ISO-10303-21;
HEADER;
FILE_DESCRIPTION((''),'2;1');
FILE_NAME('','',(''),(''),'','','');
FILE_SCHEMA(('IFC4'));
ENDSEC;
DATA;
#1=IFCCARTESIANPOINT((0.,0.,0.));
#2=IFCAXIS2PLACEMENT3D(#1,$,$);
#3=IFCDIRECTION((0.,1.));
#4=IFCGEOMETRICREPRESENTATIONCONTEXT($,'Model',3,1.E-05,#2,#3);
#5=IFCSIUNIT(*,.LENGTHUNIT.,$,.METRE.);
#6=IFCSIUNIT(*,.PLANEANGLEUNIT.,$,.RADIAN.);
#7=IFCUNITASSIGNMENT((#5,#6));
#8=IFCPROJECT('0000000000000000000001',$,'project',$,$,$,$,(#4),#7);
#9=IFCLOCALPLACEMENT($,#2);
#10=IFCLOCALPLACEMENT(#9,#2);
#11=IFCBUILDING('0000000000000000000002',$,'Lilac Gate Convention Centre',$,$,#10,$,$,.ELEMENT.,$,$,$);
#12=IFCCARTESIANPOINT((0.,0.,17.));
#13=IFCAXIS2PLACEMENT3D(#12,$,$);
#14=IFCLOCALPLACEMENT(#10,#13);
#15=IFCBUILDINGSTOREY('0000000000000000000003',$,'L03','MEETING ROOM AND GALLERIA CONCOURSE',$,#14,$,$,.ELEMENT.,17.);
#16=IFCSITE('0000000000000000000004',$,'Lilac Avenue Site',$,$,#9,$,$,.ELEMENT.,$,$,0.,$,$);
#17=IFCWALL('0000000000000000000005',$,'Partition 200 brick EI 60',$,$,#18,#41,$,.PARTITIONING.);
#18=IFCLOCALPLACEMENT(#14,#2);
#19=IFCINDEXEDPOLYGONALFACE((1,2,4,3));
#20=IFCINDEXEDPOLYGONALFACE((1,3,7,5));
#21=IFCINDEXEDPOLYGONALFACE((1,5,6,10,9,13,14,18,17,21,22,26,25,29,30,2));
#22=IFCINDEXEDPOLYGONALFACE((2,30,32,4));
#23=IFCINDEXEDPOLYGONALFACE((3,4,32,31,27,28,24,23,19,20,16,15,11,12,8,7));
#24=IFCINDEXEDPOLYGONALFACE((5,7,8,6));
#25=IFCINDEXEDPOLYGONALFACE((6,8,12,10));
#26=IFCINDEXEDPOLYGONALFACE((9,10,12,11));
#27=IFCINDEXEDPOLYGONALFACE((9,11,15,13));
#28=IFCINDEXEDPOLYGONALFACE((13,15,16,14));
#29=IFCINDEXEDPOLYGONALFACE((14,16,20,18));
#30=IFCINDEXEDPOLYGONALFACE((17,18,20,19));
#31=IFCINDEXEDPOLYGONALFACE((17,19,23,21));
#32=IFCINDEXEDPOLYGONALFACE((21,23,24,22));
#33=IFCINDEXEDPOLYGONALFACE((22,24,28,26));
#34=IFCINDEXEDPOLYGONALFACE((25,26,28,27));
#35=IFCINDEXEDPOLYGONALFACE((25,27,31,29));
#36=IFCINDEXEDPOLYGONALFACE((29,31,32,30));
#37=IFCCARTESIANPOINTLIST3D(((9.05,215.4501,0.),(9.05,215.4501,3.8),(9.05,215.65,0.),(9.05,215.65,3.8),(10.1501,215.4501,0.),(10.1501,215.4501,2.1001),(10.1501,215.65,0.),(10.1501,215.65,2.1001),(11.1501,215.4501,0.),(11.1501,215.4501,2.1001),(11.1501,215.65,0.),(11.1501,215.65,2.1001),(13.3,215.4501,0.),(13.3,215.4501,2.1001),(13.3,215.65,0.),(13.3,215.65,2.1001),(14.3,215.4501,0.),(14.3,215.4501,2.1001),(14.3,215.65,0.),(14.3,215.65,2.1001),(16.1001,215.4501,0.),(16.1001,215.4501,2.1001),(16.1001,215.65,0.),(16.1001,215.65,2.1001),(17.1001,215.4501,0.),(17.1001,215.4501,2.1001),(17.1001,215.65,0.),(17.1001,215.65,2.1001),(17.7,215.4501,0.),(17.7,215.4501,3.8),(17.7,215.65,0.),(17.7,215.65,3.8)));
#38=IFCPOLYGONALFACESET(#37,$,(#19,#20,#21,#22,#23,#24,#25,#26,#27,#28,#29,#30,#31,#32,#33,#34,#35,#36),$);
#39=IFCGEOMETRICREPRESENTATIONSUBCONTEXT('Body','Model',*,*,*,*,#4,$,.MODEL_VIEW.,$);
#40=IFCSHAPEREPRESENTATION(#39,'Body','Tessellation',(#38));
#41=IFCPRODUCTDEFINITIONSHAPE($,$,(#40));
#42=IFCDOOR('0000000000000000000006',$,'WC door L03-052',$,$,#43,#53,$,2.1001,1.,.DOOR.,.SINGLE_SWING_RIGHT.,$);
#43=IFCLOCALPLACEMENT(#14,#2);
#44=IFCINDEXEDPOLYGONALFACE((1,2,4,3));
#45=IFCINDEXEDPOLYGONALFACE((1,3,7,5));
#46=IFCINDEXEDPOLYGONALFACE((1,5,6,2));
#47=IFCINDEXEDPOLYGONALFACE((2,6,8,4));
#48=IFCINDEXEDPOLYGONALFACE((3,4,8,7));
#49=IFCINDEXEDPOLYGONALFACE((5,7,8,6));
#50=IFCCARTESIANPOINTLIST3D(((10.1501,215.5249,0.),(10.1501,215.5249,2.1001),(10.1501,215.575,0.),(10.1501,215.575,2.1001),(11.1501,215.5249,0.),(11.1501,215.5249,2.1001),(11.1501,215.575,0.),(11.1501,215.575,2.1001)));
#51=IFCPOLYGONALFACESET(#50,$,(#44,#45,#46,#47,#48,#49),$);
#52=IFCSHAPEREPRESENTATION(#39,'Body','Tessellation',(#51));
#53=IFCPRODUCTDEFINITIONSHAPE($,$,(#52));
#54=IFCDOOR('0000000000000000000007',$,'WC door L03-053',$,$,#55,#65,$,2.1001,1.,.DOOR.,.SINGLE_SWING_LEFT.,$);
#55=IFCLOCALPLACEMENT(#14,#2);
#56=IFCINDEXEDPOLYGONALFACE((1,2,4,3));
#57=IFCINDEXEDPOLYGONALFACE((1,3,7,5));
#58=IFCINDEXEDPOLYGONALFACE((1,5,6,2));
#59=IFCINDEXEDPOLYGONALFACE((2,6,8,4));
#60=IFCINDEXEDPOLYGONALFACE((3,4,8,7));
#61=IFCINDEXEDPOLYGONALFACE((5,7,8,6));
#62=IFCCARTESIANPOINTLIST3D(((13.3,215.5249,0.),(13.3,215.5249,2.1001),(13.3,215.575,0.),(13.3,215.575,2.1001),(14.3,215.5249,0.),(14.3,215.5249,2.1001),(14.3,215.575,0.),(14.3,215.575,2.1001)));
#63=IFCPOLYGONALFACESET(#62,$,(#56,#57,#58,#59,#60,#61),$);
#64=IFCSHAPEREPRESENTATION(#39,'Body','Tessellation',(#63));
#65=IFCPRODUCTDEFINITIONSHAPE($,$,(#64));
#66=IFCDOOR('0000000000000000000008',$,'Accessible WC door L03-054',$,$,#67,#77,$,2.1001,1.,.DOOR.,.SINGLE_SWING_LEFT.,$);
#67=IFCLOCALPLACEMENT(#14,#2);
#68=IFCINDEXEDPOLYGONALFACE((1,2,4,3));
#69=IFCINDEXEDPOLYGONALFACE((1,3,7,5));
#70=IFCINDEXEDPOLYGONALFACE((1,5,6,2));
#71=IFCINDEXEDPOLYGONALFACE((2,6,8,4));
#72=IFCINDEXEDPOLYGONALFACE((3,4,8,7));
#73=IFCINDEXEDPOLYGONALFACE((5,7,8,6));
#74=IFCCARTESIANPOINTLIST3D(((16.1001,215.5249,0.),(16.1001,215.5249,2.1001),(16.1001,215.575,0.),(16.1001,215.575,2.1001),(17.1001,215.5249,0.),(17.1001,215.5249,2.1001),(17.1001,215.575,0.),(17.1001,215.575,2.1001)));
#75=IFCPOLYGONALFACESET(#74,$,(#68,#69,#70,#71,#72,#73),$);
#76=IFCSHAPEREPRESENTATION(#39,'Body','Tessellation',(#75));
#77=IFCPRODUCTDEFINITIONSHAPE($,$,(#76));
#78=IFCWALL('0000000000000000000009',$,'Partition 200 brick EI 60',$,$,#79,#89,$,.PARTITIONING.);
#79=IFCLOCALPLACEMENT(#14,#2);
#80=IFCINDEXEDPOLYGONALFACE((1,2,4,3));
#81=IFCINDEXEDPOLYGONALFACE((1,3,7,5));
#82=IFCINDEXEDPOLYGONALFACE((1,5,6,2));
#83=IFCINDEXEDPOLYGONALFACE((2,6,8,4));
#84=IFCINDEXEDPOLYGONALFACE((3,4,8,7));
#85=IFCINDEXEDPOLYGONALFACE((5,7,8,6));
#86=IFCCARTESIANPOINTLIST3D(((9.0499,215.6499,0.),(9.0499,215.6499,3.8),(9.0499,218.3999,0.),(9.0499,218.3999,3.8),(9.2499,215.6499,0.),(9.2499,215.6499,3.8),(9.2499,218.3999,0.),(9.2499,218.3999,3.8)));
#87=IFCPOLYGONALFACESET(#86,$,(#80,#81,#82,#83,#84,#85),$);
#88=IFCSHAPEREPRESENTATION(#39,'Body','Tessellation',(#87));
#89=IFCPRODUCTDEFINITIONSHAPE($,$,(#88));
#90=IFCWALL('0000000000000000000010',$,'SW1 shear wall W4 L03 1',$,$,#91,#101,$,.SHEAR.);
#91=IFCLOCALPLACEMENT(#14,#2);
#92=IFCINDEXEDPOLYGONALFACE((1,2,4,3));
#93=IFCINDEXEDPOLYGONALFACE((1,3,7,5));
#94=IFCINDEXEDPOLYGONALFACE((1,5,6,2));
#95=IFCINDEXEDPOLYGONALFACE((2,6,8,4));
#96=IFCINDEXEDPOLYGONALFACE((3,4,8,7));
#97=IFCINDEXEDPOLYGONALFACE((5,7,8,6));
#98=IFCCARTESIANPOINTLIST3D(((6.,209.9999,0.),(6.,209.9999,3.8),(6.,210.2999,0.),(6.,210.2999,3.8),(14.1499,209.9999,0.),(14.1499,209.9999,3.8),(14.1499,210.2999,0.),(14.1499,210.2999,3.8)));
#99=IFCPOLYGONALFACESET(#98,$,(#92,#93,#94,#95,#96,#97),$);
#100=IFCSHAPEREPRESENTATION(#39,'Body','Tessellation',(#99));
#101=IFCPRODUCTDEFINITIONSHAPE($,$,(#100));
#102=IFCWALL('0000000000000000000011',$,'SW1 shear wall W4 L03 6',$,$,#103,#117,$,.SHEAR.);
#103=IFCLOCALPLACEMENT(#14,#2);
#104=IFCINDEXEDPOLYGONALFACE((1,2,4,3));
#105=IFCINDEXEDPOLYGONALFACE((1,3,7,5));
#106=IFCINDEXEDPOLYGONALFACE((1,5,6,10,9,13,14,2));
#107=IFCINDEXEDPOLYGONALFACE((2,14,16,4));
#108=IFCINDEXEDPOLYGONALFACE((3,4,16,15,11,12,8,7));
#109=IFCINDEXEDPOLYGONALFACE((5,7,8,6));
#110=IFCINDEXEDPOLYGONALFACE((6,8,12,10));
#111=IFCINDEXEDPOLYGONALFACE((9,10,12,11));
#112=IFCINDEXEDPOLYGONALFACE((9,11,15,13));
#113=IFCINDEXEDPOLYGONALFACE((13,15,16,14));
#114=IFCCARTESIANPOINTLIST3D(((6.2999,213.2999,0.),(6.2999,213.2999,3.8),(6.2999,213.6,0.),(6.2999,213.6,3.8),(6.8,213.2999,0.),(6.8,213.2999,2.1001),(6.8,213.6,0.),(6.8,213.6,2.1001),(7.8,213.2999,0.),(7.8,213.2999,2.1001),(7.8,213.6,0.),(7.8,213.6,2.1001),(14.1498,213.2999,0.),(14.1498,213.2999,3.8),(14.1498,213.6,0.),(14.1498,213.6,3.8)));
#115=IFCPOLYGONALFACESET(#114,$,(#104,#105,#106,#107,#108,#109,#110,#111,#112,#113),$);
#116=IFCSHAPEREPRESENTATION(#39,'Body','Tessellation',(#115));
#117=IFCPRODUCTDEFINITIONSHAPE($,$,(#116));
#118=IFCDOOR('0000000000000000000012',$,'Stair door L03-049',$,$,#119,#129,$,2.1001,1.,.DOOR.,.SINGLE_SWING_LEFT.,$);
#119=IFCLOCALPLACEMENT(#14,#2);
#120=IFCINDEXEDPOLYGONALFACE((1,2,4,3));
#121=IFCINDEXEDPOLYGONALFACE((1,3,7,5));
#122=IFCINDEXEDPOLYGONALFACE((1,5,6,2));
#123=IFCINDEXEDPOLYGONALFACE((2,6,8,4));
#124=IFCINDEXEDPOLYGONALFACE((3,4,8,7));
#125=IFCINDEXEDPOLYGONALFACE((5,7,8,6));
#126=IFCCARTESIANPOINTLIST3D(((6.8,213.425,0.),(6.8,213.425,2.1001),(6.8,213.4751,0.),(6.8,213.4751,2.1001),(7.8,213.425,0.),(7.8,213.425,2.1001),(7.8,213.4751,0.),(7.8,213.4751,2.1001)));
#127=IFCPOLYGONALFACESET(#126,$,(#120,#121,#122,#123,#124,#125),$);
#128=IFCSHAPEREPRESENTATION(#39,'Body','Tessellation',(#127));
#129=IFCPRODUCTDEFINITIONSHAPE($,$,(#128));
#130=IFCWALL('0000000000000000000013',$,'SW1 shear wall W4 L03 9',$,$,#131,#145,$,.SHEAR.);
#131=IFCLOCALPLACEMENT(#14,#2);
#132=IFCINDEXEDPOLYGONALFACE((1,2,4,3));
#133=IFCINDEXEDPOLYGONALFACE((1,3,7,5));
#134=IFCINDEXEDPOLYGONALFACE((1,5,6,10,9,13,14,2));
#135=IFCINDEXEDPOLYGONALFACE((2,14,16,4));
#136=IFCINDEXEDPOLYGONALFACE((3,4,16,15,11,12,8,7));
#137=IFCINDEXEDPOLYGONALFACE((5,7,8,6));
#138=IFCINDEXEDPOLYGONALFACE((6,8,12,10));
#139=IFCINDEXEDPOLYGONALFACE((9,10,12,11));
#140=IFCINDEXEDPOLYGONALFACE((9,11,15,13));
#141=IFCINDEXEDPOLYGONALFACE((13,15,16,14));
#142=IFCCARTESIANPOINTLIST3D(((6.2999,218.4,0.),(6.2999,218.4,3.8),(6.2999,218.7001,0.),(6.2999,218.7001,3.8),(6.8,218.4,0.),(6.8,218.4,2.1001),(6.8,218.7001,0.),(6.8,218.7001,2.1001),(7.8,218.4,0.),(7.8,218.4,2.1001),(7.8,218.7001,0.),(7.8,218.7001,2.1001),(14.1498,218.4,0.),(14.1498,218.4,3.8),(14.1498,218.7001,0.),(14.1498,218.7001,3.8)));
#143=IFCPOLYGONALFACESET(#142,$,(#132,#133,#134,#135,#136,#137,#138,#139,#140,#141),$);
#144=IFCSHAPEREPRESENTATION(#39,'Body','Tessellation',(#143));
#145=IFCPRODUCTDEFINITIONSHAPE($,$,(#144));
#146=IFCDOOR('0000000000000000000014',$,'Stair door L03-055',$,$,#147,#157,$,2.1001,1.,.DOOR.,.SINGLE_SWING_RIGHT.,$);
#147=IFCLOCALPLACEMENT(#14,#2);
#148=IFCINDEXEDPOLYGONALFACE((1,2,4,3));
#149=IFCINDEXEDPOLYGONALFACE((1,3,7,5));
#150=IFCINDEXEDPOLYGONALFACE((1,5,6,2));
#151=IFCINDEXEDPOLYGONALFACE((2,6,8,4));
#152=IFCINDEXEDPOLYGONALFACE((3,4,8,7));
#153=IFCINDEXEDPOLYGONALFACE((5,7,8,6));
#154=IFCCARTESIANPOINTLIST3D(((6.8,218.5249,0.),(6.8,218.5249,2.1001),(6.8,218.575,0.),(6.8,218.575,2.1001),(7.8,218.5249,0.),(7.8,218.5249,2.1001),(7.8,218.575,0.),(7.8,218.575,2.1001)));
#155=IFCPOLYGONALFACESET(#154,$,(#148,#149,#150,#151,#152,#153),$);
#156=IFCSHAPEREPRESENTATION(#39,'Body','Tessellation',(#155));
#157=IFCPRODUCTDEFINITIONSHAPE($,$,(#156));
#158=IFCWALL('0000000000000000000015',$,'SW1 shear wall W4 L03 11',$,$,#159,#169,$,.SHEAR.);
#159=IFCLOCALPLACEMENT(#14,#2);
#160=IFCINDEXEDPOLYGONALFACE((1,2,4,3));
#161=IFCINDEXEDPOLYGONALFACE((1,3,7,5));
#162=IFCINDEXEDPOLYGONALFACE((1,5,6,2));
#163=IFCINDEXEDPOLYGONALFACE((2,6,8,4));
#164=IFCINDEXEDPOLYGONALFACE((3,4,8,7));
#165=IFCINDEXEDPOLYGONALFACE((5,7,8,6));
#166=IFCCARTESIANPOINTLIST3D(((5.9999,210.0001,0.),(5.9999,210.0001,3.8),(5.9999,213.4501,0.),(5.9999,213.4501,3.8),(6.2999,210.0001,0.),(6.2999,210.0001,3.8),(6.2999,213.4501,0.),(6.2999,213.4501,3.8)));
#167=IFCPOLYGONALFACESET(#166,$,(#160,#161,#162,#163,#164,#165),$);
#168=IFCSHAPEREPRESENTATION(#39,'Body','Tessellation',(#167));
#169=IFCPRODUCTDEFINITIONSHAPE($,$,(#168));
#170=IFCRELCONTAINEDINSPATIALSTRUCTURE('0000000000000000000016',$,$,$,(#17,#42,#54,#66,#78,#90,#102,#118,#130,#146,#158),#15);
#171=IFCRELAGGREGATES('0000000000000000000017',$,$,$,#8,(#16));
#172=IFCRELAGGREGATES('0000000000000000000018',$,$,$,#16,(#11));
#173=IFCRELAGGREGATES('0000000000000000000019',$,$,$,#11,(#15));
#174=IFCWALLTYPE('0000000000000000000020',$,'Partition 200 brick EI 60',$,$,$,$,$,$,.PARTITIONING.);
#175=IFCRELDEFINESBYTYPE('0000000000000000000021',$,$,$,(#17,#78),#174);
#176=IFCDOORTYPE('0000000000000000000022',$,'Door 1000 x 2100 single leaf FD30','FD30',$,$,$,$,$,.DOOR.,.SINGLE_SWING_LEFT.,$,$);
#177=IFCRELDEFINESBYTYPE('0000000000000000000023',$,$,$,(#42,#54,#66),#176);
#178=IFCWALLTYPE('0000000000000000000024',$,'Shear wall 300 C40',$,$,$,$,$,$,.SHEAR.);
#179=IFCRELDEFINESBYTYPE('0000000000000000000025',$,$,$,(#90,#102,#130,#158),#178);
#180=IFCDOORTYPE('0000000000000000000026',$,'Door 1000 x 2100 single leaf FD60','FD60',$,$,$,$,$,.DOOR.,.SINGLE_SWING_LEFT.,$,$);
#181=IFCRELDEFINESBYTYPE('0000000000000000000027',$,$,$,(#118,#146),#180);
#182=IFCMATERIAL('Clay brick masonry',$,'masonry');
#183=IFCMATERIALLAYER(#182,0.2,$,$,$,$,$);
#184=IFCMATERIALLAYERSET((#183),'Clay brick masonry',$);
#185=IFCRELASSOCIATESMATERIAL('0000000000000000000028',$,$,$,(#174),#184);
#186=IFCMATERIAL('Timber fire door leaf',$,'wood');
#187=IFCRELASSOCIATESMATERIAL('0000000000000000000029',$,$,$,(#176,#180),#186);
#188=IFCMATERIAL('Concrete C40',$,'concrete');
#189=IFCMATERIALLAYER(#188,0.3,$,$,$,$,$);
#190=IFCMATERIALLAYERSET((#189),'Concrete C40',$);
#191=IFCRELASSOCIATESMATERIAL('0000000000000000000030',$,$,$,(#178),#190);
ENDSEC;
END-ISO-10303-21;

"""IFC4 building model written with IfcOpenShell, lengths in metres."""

from ifc_helpers import new_model, si_unit, direction, frame, frame_2d, origin, place, context, subcontext, project, spatial, rectangle, extrude, material, layer, layer_set, type_object, element, fill, save


model = new_model("IFC4")

# Units and contexts
model_context = context("Model", 3, precision=1e-05, world=origin(), true_north=direction((0.0, 1.0)))
body_context = subcontext(model_context, "Body", "Model", "MODEL_VIEW")
ifc_project = project(units=[si_unit("LENGTHUNIT", "METRE"), si_unit("PLANEANGLEUNIT", "RADIAN")], contexts=[model_context])

# Site, building, storey
site_placement = place(None, origin())
site = spatial("IfcSite", under=ifc_project, at=site_placement, Name="Lilac Avenue Site", CompositionType="ELEMENT", RefElevation=0.0)
building_placement = place(site_placement, origin())
building = spatial("IfcBuilding", under=site, at=building_placement, Name="Lilac Gate Convention Centre", CompositionType="ELEMENT")
storey_placement = place(building_placement, frame((0.0, 0.0, 17.0)))
storey = spatial("IfcBuildingStorey", under=building, at=storey_placement, Name="L03", Description="MEETING ROOM AND GALLERIA CONCOURSE", CompositionType="ELEMENT", Elevation=17.0)

# Wall, openings, doors
ifc_material_1 = material(Name="Clay brick masonry", Category="masonry")
ifc_layer_1 = layer(ifc_material_1, 0.2)
ifc_layer_set_1 = layer_set([ifc_layer_1], Name="Clay brick masonry")
wall_type_1 = type_object("IfcWallType", Name="Partition 200 brick EI 60", PredefinedType="PARTITIONING", material=ifc_layer_set_1)
wall_1_placement = place(storey_placement, frame((9.05, 215.55, 0.0), z_axis=(0.0, 0.0, 1.0), x_axis=(1.0, 0.0, 0.0)))
wall_1 = element("IfcWall", 1, at=wall_1_placement, inside=storey, type_object=wall_type_1, Name="Partition 200 brick EI 60", PredefinedType="PARTITIONING", context=body_context, shape_type="SweptSolid", body=[
    extrude(rectangle(XDim=8.6499, YDim=0.2, at=frame_2d((4.325, 0.0))), origin(), (0.0, 0.0, 1.0), 3.8),
])
opening_1_placement = place(wall_1_placement, frame((1.1001, 0.0, 0.0)))
opening_1 = element("IfcOpeningElement", 2, at=opening_1_placement, cuts=wall_1, PredefinedType="OPENING", context=body_context, shape_type="SweptSolid", body=[
    extrude(rectangle(XDim=1.0, YDim=2.1001, at=frame_2d((0.5, 1.05))), frame((0.0, 0.1099, 0.0), z_axis=(0.0, -1.0, 0.0), x_axis=(1.0, 0.0, 0.0)), (0.0, 0.0, 1.0), 0.22),
])
opening_2_placement = place(wall_1_placement, frame((4.25, 0.0, 0.0)))
opening_2 = element("IfcOpeningElement", 3, at=opening_2_placement, cuts=wall_1, PredefinedType="OPENING", context=body_context, shape_type="SweptSolid", body=[
    extrude(rectangle(XDim=1.0, YDim=2.1001, at=frame_2d((0.5, 1.05))), frame((0.0, 0.1099, 0.0), z_axis=(0.0, -1.0, 0.0), x_axis=(1.0, 0.0, 0.0)), (0.0, 0.0, 1.0), 0.22),
])
opening_3_placement = place(wall_1_placement, frame((7.05, 0.0, 0.0)))
opening_3 = element("IfcOpeningElement", 4, at=opening_3_placement, cuts=wall_1, PredefinedType="OPENING", context=body_context, shape_type="SweptSolid", body=[
    extrude(rectangle(XDim=1.0, YDim=2.1001, at=frame_2d((0.5, 1.05))), frame((0.0, 0.1099, 0.0), z_axis=(0.0, -1.0, 0.0), x_axis=(1.0, 0.0, 0.0)), (0.0, 0.0, 1.0), 0.22),
])
ifc_material_2 = material(Name="Timber fire door leaf", Category="wood")
door_type_1 = type_object("IfcDoorType", Name="Door 1000 x 2100 single leaf FD30", Description="FD30", OperationType="SINGLE_SWING_LEFT", PredefinedType="DOOR", material=ifc_material_2)
door_1_placement = place(opening_1_placement, origin())
door_1 = element("IfcDoor", 5, at=door_1_placement, inside=storey, type_object=door_type_1, Name="WC door L03-052", OperationType="SINGLE_SWING_RIGHT", OverallHeight=2.1001, OverallWidth=1.0, PredefinedType="DOOR", context=body_context, shape_type="SweptSolid", body=[
    extrude(rectangle(XDim=1.0, YDim=2.1001, at=frame_2d((0.5, 1.05))), frame((0.0, 0.0249, 0.0), z_axis=(0.0, -1.0, 0.0), x_axis=(1.0, 0.0, 0.0)), (0.0, 0.0, 1.0), 0.05),
])
fill(opening_1, door_1)
door_2_placement = place(opening_2_placement, origin())
door_2 = element("IfcDoor", 6, at=door_2_placement, inside=storey, type_object=door_type_1, Name="WC door L03-053", OperationType="SINGLE_SWING_LEFT", OverallHeight=2.1001, OverallWidth=1.0, PredefinedType="DOOR", context=body_context, shape_type="SweptSolid", body=[
    extrude(rectangle(XDim=1.0, YDim=2.1001, at=frame_2d((0.5, 1.05))), frame((0.0, 0.0249, 0.0), z_axis=(0.0, -1.0, 0.0), x_axis=(1.0, 0.0, 0.0)), (0.0, 0.0, 1.0), 0.05),
])
fill(opening_2, door_2)
door_3_placement = place(opening_3_placement, origin())
door_3 = element("IfcDoor", 7, at=door_3_placement, inside=storey, type_object=door_type_1, Name="Accessible WC door L03-054", OperationType="SINGLE_SWING_LEFT", OverallHeight=2.1001, OverallWidth=1.0, PredefinedType="DOOR", context=body_context, shape_type="SweptSolid", body=[
    extrude(rectangle(XDim=1.0, YDim=2.1001, at=frame_2d((0.5, 1.05))), frame((0.0, 0.0249, 0.0), z_axis=(0.0, -1.0, 0.0), x_axis=(1.0, 0.0, 0.0)), (0.0, 0.0, 1.0), 0.05),
])
fill(opening_3, door_3)

# Walls
wall_2_placement = place(storey_placement, frame((9.1499, 215.6499, 0.0), z_axis=(0.0, 0.0, 1.0), x_axis=(0.0, 1.0, 0.0)))
element("IfcWall", 8, at=wall_2_placement, inside=storey, type_object=wall_type_1, Name="Partition 200 brick EI 60", PredefinedType="PARTITIONING", context=body_context, shape_type="SweptSolid", body=[
    extrude(rectangle(XDim=2.75, YDim=0.2, at=frame_2d((1.375, 0.0))), origin(), (0.0, 0.0, 1.0), 3.8),
])
ifc_material_3 = material(Name="Concrete C40", Category="concrete")
ifc_layer_2 = layer(ifc_material_3, 0.3)
ifc_layer_set_2 = layer_set([ifc_layer_2], Name="Concrete C40")
wall_type_2 = type_object("IfcWallType", Name="Shear wall 300 C40", PredefinedType="SHEAR", material=ifc_layer_set_2)
wall_3_placement = place(storey_placement, frame((6.0, 210.1499, 0.0), z_axis=(0.0, 0.0, 1.0), x_axis=(1.0, 0.0, 0.0)))
element("IfcWall", 9, at=wall_3_placement, inside=storey, type_object=wall_type_2, Name="SW1 shear wall W4 L03 1", PredefinedType="SHEAR", context=body_context, shape_type="SweptSolid", body=[
    extrude(rectangle(XDim=8.1499, YDim=0.3, at=frame_2d((4.075, 0.0))), origin(), (0.0, 0.0, 1.0), 3.8),
])

# Walls, openings, doors
wall_4_placement = place(storey_placement, frame((6.3, 213.45, 0.0), z_axis=(0.0, 0.0, 1.0), x_axis=(1.0, 0.0, 0.0)))
wall_4 = element("IfcWall", 10, at=wall_4_placement, inside=storey, type_object=wall_type_2, Name="SW1 shear wall W4 L03 6", PredefinedType="SHEAR", context=body_context, shape_type="SweptSolid", body=[
    extrude(rectangle(XDim=7.8499, YDim=0.3, at=frame_2d((3.9248, 0.0))), origin(), (0.0, 0.0, 1.0), 3.8),
])
opening_4_placement = place(wall_4_placement, frame((0.5, 0.0, 0.0)))
opening_4 = element("IfcOpeningElement", 11, at=opening_4_placement, cuts=wall_4, PredefinedType="OPENING", context=body_context, shape_type="SweptSolid", body=[
    extrude(rectangle(XDim=1.0, YDim=2.1001, at=frame_2d((0.5, 1.05))), frame((0.0, 0.1599, 0.0), z_axis=(0.0, -1.0, 0.0), x_axis=(1.0, 0.0, 0.0)), (0.0, 0.0, 1.0), 0.3201),
])
door_type_2 = type_object("IfcDoorType", Name="Door 1000 x 2100 single leaf FD60", Description="FD60", OperationType="SINGLE_SWING_LEFT", PredefinedType="DOOR", material=ifc_material_2)
door_4_placement = place(opening_4_placement, frame((1.0, 0.0, 0.0), z_axis=(0.0, 0.0, 1.0), x_axis=(-1.0, 0.0, 0.0)))
door_4 = element("IfcDoor", 12, at=door_4_placement, inside=storey, type_object=door_type_2, Name="Stair door L03-049", OperationType="SINGLE_SWING_LEFT", OverallHeight=2.1001, OverallWidth=1.0, PredefinedType="DOOR", context=body_context, shape_type="SweptSolid", body=[
    extrude(rectangle(XDim=1.0, YDim=2.1001, at=frame_2d((0.5, 1.05))), frame((0.0, 0.0249, 0.0), z_axis=(0.0, -1.0, 0.0), x_axis=(1.0, 0.0, 0.0)), (0.0, 0.0, 1.0), 0.05),
])
fill(opening_4, door_4)
wall_5_placement = place(storey_placement, frame((6.3, 218.55, 0.0), z_axis=(0.0, 0.0, 1.0), x_axis=(1.0, 0.0, 0.0)))
wall_5 = element("IfcWall", 13, at=wall_5_placement, inside=storey, type_object=wall_type_2, Name="SW1 shear wall W4 L03 9", PredefinedType="SHEAR", context=body_context, shape_type="SweptSolid", body=[
    extrude(rectangle(XDim=7.8499, YDim=0.3, at=frame_2d((3.9248, 0.0))), origin(), (0.0, 0.0, 1.0), 3.8),
])
opening_5_placement = place(wall_5_placement, frame((0.5, 0.0, 0.0)))
opening_5 = element("IfcOpeningElement", 14, at=opening_5_placement, cuts=wall_5, PredefinedType="OPENING", context=body_context, shape_type="SweptSolid", body=[
    extrude(rectangle(XDim=1.0, YDim=2.1001, at=frame_2d((0.5, 1.05))), frame((0.0, 0.1599, 0.0), z_axis=(0.0, -1.0, 0.0), x_axis=(1.0, 0.0, 0.0)), (0.0, 0.0, 1.0), 0.3201),
])
door_5_placement = place(opening_5_placement, origin())
door_5 = element("IfcDoor", 15, at=door_5_placement, inside=storey, type_object=door_type_2, Name="Stair door L03-055", OperationType="SINGLE_SWING_RIGHT", OverallHeight=2.1001, OverallWidth=1.0, PredefinedType="DOOR", context=body_context, shape_type="SweptSolid", body=[
    extrude(rectangle(XDim=1.0, YDim=2.1001, at=frame_2d((0.5, 1.05))), frame((0.0, 0.0249, 0.0), z_axis=(0.0, -1.0, 0.0), x_axis=(1.0, 0.0, 0.0)), (0.0, 0.0, 1.0), 0.05),
])
fill(opening_5, door_5)

# Wall
wall_6_placement = place(storey_placement, frame((6.1499, 210.0, 0.0), z_axis=(0.0, 0.0, 1.0), x_axis=(0.0, 1.0, 0.0)))
element("IfcWall", 16, at=wall_6_placement, inside=storey, type_object=wall_type_2, Name="SW1 shear wall W4 L03 11", PredefinedType="SHEAR", context=body_context, shape_type="SweptSolid", body=[
    extrude(rectangle(XDim=3.45, YDim=0.3, at=frame_2d((1.7251, 0.0))), origin(), (0.0, 0.0, 1.0), 3.8),
])

save(model, "model.ifc")
